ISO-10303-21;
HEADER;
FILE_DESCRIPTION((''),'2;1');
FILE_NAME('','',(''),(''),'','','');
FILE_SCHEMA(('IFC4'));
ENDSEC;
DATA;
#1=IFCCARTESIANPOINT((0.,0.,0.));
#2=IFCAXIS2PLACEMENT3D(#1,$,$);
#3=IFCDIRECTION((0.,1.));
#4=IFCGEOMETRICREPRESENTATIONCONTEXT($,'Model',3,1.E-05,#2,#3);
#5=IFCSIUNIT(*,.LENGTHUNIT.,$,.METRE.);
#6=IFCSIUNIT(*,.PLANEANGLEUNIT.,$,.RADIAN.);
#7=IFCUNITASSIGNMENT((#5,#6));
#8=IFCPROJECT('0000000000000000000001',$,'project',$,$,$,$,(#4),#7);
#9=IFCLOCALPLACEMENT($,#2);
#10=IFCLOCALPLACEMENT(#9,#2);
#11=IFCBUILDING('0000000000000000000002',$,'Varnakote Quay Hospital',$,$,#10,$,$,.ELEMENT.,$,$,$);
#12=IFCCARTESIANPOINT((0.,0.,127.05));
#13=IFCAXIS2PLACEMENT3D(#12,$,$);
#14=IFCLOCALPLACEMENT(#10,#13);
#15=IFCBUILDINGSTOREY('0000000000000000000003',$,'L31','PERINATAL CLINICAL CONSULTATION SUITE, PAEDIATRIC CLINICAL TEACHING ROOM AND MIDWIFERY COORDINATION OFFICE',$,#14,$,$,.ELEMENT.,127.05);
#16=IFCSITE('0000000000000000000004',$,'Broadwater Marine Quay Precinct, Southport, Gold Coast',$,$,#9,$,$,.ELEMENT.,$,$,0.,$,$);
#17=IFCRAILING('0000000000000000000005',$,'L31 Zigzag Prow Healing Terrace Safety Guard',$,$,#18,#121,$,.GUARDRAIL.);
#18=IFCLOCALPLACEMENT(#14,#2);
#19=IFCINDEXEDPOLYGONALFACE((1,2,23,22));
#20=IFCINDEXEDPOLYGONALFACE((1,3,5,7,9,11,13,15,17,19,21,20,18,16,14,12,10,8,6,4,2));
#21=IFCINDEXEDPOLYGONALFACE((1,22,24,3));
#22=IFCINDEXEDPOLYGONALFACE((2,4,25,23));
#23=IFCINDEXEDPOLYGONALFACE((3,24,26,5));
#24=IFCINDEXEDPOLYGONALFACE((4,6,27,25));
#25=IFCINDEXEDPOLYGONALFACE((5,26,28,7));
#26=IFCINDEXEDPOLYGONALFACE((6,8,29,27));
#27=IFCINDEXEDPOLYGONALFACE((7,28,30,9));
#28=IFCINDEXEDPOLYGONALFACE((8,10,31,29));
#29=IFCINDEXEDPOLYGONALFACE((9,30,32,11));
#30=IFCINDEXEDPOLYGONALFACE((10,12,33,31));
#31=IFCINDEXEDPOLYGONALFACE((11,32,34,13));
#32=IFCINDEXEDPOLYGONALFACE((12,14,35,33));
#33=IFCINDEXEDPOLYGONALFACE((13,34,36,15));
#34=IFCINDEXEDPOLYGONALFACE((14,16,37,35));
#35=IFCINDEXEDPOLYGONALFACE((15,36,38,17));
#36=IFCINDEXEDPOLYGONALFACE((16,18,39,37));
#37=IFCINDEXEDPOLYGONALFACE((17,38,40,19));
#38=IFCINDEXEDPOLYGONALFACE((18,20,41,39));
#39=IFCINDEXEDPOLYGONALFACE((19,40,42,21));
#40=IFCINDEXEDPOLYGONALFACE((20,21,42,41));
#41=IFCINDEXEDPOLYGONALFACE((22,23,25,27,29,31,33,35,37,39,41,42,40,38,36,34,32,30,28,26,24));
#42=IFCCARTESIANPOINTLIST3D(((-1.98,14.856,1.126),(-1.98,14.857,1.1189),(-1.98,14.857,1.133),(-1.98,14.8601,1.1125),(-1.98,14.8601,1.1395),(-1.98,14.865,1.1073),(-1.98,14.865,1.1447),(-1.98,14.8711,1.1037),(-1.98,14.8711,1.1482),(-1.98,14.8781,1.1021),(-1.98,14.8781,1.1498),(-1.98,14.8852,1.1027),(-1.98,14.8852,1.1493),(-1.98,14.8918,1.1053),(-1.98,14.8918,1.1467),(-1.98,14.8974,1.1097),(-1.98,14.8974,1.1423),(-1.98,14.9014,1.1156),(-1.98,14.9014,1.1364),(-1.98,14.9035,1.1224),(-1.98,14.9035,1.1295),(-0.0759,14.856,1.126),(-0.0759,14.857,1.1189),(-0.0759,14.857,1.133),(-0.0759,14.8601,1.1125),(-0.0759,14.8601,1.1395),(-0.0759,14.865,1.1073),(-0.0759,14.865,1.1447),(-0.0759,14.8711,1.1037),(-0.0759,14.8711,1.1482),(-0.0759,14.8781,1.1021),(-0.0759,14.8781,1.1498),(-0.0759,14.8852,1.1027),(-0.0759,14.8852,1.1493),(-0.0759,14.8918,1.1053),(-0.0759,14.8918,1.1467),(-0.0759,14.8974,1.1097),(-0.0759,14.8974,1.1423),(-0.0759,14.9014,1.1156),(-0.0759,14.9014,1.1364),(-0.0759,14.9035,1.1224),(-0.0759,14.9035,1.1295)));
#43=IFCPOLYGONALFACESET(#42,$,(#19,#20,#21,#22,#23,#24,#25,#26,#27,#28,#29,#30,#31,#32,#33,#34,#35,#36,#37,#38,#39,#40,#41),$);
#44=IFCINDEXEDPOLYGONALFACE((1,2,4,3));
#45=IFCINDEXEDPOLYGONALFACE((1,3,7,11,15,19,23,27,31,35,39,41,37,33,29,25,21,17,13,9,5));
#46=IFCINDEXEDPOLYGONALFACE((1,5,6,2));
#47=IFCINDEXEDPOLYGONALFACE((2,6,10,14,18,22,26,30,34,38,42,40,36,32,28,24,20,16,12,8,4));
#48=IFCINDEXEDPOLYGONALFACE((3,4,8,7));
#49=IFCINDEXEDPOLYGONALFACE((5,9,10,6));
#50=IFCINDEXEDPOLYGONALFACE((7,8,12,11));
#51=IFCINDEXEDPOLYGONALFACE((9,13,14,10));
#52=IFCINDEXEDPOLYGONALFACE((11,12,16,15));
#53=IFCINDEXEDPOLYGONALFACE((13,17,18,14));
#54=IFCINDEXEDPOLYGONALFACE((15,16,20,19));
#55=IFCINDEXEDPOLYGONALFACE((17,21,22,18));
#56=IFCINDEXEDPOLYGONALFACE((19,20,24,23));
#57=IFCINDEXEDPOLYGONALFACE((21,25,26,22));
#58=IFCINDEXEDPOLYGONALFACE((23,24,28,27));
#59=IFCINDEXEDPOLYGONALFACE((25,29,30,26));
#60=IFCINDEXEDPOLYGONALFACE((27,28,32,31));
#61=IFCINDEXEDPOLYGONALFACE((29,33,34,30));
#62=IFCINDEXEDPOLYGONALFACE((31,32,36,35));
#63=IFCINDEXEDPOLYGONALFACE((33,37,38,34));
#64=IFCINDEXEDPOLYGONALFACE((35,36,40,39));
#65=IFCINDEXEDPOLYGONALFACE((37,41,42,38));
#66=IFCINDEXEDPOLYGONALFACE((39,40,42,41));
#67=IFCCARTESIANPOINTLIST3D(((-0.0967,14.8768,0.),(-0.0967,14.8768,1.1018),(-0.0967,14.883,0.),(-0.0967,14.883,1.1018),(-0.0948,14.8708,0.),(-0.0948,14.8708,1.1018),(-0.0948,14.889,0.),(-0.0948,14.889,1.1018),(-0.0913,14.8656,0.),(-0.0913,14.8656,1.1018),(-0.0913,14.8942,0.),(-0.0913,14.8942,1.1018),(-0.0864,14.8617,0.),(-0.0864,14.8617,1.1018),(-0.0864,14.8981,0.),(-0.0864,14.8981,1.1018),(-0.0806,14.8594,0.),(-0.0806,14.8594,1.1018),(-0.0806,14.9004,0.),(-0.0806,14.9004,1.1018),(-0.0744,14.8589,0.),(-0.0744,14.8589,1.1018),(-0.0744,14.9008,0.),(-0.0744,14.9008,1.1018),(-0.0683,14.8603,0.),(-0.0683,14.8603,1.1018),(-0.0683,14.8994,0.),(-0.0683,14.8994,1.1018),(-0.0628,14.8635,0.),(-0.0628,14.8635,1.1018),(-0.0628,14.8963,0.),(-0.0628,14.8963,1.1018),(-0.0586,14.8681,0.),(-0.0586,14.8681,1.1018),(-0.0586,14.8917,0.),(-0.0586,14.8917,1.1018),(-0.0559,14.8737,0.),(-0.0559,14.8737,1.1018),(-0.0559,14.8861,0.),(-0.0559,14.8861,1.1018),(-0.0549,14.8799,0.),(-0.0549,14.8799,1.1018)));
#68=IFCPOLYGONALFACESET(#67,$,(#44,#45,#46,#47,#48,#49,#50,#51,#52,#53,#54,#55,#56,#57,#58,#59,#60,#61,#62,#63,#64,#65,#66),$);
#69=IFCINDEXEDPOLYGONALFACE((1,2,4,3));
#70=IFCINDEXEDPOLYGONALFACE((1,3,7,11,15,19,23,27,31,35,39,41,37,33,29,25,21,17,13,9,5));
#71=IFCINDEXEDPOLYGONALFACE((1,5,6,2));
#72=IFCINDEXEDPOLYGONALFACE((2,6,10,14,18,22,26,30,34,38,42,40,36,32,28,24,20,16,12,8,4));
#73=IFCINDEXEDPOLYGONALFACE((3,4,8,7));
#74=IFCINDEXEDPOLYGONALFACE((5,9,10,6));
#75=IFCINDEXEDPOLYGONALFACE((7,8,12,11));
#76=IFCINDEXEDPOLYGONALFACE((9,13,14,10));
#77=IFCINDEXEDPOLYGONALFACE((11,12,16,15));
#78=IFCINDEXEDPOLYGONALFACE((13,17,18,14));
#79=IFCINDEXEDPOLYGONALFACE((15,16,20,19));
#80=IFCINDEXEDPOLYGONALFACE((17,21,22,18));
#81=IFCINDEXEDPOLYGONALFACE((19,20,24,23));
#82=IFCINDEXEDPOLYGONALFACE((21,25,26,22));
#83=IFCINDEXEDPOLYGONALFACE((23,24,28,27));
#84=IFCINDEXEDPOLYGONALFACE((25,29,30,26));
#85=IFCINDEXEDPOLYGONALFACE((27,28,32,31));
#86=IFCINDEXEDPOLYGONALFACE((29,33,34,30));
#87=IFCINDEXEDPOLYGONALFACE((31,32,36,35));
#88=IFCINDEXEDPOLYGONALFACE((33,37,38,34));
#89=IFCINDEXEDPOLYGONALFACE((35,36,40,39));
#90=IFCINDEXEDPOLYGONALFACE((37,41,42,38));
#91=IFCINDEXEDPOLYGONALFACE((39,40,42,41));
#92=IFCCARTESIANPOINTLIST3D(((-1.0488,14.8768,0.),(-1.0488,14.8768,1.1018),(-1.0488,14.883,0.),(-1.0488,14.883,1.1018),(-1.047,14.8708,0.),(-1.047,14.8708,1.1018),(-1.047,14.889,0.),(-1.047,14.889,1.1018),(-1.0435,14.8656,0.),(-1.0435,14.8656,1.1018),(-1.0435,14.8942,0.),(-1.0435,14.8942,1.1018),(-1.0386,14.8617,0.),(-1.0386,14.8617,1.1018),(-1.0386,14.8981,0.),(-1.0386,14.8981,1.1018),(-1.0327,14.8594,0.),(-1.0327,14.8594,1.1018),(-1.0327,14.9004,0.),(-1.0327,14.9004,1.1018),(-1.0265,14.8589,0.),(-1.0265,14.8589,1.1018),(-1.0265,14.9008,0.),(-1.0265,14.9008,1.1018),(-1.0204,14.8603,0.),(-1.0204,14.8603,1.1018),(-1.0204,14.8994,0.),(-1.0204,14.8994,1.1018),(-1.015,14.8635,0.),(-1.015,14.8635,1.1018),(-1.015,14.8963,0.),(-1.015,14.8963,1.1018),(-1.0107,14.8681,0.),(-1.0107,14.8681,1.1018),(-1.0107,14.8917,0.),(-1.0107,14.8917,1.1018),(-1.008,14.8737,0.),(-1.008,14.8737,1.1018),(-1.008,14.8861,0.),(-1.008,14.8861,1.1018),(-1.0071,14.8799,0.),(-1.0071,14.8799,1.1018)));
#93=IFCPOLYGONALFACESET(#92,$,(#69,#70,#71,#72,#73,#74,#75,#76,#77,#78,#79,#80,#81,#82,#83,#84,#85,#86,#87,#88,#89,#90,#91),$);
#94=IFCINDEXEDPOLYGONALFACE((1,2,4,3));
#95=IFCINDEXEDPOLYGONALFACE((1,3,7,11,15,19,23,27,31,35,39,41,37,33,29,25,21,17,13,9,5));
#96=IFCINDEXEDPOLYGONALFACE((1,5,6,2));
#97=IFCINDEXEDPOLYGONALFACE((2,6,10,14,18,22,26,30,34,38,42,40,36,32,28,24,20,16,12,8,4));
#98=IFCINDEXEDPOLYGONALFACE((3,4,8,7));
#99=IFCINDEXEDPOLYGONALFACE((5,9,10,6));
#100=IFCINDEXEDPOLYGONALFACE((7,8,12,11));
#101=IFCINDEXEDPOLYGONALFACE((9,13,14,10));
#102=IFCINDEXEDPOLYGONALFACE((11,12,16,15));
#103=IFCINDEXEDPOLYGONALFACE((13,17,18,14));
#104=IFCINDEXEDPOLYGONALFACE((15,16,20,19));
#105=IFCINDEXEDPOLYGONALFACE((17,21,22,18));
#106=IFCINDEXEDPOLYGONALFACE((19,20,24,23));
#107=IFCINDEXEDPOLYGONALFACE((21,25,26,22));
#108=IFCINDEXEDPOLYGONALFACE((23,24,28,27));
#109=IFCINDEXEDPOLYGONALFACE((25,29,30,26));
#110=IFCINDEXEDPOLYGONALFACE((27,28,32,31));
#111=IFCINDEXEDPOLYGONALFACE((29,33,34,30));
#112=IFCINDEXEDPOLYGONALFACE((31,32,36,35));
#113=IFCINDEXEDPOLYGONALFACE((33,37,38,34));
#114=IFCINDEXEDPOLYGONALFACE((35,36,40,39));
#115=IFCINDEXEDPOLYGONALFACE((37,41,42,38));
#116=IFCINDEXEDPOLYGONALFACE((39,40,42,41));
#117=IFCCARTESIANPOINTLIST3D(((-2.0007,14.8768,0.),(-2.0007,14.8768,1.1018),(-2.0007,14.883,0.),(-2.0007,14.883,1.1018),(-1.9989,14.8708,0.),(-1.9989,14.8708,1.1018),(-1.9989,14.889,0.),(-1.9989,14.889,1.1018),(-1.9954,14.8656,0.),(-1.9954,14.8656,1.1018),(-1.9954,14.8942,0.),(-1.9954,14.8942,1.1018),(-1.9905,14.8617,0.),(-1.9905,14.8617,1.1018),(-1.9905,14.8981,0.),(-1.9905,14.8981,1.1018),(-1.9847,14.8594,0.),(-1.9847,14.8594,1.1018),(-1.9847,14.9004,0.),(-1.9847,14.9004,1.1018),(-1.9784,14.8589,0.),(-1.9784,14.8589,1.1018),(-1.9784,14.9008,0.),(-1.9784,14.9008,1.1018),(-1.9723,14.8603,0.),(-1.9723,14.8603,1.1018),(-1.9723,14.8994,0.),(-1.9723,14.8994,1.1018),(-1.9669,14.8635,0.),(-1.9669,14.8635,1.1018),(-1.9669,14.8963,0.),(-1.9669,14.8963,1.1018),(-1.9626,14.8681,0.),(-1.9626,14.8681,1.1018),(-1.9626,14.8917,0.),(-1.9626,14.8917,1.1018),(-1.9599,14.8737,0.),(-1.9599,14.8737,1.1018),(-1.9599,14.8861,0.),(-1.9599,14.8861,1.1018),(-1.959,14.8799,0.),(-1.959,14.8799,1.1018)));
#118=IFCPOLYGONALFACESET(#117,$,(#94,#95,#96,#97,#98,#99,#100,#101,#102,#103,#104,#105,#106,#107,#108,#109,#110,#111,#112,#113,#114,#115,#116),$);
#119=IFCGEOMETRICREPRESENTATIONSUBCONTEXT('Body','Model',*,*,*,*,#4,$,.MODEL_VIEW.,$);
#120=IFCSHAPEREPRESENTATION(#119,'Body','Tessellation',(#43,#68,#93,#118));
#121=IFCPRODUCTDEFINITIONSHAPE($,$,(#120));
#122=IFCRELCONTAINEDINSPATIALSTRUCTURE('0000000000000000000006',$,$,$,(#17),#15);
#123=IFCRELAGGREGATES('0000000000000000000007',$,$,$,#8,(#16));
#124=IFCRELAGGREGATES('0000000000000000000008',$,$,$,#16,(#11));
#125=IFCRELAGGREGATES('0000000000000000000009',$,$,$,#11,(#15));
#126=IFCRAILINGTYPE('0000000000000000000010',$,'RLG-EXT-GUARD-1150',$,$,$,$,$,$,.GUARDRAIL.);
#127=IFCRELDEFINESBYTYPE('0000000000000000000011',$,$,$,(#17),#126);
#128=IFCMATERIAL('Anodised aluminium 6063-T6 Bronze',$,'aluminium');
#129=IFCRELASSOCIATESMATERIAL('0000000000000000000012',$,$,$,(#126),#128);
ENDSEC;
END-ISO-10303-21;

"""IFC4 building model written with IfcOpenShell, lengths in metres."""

from ifc_helpers import new_model, si_unit, direction, frame, origin, origin_2d, place, context, subcontext, project, spatial, circle, extrude, material, type_object, element, save


model = new_model("IFC4")

# Units and contexts
model_context = context("Model", 3, precision=1e-05, world=origin(), true_north=direction((0.0, 1.0)))
body_context = subcontext(model_context, "Body", "Model", "MODEL_VIEW")
ifc_project = project(units=[si_unit("LENGTHUNIT", "METRE"), si_unit("PLANEANGLEUNIT", "RADIAN")], contexts=[model_context])

# Site, building, storey
site_placement = place(None, origin())
site = spatial("IfcSite", under=ifc_project, at=site_placement, Name="Broadwater Marine Quay Precinct, Southport, Gold Coast", CompositionType="ELEMENT", RefElevation=0.0)
building_placement = place(site_placement, origin())
building = spatial("IfcBuilding", under=site, at=building_placement, Name="Varnakote Quay Hospital", CompositionType="ELEMENT")
storey_placement = place(building_placement, frame((0.0, 0.0, 127.05)))
storey = spatial("IfcBuildingStorey", under=building, at=storey_placement, Name="L31", Description="PERINATAL CLINICAL CONSULTATION SUITE, PAEDIATRIC CLINICAL TEACHING ROOM AND MIDWIFERY COORDINATION OFFICE", CompositionType="ELEMENT", Elevation=127.05)

# Railing
ifc_material_1 = material(Name="Anodised aluminium 6063-T6 Bronze", Category="aluminium")
railing_type = type_object("IfcRailingType", Name="RLG-EXT-GUARD-1150", PredefinedType="GUARDRAIL", material=ifc_material_1)
railing_1_placement = place(storey_placement, frame((-0.0759, 14.8799, 0.0)))
element("IfcRailing", 1, at=railing_1_placement, inside=storey, type_object=railing_type, Name="L31 Zigzag Prow Healing Terrace Safety Guard", PredefinedType="GUARDRAIL", context=body_context, shape_type="SweptSolid", body=[
    extrude(circle(Radius=0.0239, at=origin_2d()), frame((0.0, 0.0, 1.126), z_axis=(-1.0, 0.0, 0.0), x_axis=(0.0, -1.0, 0.0)), (0.0, 0.0, 1.0), 1.9041),
    extrude(circle(Radius=0.021, at=origin_2d()), origin(), (0.0, 0.0, 1.0), 1.1018),
    extrude(circle(Radius=0.021, at=origin_2d()), frame((-0.9521, 0.0, 0.0)), (0.0, 0.0, 1.0), 1.1018),
    extrude(circle(Radius=0.021, at=origin_2d()), frame((-1.9041, 0.0, 0.0)), (0.0, 0.0, 1.0), 1.1018),
])

save(model, "model.ifc")
